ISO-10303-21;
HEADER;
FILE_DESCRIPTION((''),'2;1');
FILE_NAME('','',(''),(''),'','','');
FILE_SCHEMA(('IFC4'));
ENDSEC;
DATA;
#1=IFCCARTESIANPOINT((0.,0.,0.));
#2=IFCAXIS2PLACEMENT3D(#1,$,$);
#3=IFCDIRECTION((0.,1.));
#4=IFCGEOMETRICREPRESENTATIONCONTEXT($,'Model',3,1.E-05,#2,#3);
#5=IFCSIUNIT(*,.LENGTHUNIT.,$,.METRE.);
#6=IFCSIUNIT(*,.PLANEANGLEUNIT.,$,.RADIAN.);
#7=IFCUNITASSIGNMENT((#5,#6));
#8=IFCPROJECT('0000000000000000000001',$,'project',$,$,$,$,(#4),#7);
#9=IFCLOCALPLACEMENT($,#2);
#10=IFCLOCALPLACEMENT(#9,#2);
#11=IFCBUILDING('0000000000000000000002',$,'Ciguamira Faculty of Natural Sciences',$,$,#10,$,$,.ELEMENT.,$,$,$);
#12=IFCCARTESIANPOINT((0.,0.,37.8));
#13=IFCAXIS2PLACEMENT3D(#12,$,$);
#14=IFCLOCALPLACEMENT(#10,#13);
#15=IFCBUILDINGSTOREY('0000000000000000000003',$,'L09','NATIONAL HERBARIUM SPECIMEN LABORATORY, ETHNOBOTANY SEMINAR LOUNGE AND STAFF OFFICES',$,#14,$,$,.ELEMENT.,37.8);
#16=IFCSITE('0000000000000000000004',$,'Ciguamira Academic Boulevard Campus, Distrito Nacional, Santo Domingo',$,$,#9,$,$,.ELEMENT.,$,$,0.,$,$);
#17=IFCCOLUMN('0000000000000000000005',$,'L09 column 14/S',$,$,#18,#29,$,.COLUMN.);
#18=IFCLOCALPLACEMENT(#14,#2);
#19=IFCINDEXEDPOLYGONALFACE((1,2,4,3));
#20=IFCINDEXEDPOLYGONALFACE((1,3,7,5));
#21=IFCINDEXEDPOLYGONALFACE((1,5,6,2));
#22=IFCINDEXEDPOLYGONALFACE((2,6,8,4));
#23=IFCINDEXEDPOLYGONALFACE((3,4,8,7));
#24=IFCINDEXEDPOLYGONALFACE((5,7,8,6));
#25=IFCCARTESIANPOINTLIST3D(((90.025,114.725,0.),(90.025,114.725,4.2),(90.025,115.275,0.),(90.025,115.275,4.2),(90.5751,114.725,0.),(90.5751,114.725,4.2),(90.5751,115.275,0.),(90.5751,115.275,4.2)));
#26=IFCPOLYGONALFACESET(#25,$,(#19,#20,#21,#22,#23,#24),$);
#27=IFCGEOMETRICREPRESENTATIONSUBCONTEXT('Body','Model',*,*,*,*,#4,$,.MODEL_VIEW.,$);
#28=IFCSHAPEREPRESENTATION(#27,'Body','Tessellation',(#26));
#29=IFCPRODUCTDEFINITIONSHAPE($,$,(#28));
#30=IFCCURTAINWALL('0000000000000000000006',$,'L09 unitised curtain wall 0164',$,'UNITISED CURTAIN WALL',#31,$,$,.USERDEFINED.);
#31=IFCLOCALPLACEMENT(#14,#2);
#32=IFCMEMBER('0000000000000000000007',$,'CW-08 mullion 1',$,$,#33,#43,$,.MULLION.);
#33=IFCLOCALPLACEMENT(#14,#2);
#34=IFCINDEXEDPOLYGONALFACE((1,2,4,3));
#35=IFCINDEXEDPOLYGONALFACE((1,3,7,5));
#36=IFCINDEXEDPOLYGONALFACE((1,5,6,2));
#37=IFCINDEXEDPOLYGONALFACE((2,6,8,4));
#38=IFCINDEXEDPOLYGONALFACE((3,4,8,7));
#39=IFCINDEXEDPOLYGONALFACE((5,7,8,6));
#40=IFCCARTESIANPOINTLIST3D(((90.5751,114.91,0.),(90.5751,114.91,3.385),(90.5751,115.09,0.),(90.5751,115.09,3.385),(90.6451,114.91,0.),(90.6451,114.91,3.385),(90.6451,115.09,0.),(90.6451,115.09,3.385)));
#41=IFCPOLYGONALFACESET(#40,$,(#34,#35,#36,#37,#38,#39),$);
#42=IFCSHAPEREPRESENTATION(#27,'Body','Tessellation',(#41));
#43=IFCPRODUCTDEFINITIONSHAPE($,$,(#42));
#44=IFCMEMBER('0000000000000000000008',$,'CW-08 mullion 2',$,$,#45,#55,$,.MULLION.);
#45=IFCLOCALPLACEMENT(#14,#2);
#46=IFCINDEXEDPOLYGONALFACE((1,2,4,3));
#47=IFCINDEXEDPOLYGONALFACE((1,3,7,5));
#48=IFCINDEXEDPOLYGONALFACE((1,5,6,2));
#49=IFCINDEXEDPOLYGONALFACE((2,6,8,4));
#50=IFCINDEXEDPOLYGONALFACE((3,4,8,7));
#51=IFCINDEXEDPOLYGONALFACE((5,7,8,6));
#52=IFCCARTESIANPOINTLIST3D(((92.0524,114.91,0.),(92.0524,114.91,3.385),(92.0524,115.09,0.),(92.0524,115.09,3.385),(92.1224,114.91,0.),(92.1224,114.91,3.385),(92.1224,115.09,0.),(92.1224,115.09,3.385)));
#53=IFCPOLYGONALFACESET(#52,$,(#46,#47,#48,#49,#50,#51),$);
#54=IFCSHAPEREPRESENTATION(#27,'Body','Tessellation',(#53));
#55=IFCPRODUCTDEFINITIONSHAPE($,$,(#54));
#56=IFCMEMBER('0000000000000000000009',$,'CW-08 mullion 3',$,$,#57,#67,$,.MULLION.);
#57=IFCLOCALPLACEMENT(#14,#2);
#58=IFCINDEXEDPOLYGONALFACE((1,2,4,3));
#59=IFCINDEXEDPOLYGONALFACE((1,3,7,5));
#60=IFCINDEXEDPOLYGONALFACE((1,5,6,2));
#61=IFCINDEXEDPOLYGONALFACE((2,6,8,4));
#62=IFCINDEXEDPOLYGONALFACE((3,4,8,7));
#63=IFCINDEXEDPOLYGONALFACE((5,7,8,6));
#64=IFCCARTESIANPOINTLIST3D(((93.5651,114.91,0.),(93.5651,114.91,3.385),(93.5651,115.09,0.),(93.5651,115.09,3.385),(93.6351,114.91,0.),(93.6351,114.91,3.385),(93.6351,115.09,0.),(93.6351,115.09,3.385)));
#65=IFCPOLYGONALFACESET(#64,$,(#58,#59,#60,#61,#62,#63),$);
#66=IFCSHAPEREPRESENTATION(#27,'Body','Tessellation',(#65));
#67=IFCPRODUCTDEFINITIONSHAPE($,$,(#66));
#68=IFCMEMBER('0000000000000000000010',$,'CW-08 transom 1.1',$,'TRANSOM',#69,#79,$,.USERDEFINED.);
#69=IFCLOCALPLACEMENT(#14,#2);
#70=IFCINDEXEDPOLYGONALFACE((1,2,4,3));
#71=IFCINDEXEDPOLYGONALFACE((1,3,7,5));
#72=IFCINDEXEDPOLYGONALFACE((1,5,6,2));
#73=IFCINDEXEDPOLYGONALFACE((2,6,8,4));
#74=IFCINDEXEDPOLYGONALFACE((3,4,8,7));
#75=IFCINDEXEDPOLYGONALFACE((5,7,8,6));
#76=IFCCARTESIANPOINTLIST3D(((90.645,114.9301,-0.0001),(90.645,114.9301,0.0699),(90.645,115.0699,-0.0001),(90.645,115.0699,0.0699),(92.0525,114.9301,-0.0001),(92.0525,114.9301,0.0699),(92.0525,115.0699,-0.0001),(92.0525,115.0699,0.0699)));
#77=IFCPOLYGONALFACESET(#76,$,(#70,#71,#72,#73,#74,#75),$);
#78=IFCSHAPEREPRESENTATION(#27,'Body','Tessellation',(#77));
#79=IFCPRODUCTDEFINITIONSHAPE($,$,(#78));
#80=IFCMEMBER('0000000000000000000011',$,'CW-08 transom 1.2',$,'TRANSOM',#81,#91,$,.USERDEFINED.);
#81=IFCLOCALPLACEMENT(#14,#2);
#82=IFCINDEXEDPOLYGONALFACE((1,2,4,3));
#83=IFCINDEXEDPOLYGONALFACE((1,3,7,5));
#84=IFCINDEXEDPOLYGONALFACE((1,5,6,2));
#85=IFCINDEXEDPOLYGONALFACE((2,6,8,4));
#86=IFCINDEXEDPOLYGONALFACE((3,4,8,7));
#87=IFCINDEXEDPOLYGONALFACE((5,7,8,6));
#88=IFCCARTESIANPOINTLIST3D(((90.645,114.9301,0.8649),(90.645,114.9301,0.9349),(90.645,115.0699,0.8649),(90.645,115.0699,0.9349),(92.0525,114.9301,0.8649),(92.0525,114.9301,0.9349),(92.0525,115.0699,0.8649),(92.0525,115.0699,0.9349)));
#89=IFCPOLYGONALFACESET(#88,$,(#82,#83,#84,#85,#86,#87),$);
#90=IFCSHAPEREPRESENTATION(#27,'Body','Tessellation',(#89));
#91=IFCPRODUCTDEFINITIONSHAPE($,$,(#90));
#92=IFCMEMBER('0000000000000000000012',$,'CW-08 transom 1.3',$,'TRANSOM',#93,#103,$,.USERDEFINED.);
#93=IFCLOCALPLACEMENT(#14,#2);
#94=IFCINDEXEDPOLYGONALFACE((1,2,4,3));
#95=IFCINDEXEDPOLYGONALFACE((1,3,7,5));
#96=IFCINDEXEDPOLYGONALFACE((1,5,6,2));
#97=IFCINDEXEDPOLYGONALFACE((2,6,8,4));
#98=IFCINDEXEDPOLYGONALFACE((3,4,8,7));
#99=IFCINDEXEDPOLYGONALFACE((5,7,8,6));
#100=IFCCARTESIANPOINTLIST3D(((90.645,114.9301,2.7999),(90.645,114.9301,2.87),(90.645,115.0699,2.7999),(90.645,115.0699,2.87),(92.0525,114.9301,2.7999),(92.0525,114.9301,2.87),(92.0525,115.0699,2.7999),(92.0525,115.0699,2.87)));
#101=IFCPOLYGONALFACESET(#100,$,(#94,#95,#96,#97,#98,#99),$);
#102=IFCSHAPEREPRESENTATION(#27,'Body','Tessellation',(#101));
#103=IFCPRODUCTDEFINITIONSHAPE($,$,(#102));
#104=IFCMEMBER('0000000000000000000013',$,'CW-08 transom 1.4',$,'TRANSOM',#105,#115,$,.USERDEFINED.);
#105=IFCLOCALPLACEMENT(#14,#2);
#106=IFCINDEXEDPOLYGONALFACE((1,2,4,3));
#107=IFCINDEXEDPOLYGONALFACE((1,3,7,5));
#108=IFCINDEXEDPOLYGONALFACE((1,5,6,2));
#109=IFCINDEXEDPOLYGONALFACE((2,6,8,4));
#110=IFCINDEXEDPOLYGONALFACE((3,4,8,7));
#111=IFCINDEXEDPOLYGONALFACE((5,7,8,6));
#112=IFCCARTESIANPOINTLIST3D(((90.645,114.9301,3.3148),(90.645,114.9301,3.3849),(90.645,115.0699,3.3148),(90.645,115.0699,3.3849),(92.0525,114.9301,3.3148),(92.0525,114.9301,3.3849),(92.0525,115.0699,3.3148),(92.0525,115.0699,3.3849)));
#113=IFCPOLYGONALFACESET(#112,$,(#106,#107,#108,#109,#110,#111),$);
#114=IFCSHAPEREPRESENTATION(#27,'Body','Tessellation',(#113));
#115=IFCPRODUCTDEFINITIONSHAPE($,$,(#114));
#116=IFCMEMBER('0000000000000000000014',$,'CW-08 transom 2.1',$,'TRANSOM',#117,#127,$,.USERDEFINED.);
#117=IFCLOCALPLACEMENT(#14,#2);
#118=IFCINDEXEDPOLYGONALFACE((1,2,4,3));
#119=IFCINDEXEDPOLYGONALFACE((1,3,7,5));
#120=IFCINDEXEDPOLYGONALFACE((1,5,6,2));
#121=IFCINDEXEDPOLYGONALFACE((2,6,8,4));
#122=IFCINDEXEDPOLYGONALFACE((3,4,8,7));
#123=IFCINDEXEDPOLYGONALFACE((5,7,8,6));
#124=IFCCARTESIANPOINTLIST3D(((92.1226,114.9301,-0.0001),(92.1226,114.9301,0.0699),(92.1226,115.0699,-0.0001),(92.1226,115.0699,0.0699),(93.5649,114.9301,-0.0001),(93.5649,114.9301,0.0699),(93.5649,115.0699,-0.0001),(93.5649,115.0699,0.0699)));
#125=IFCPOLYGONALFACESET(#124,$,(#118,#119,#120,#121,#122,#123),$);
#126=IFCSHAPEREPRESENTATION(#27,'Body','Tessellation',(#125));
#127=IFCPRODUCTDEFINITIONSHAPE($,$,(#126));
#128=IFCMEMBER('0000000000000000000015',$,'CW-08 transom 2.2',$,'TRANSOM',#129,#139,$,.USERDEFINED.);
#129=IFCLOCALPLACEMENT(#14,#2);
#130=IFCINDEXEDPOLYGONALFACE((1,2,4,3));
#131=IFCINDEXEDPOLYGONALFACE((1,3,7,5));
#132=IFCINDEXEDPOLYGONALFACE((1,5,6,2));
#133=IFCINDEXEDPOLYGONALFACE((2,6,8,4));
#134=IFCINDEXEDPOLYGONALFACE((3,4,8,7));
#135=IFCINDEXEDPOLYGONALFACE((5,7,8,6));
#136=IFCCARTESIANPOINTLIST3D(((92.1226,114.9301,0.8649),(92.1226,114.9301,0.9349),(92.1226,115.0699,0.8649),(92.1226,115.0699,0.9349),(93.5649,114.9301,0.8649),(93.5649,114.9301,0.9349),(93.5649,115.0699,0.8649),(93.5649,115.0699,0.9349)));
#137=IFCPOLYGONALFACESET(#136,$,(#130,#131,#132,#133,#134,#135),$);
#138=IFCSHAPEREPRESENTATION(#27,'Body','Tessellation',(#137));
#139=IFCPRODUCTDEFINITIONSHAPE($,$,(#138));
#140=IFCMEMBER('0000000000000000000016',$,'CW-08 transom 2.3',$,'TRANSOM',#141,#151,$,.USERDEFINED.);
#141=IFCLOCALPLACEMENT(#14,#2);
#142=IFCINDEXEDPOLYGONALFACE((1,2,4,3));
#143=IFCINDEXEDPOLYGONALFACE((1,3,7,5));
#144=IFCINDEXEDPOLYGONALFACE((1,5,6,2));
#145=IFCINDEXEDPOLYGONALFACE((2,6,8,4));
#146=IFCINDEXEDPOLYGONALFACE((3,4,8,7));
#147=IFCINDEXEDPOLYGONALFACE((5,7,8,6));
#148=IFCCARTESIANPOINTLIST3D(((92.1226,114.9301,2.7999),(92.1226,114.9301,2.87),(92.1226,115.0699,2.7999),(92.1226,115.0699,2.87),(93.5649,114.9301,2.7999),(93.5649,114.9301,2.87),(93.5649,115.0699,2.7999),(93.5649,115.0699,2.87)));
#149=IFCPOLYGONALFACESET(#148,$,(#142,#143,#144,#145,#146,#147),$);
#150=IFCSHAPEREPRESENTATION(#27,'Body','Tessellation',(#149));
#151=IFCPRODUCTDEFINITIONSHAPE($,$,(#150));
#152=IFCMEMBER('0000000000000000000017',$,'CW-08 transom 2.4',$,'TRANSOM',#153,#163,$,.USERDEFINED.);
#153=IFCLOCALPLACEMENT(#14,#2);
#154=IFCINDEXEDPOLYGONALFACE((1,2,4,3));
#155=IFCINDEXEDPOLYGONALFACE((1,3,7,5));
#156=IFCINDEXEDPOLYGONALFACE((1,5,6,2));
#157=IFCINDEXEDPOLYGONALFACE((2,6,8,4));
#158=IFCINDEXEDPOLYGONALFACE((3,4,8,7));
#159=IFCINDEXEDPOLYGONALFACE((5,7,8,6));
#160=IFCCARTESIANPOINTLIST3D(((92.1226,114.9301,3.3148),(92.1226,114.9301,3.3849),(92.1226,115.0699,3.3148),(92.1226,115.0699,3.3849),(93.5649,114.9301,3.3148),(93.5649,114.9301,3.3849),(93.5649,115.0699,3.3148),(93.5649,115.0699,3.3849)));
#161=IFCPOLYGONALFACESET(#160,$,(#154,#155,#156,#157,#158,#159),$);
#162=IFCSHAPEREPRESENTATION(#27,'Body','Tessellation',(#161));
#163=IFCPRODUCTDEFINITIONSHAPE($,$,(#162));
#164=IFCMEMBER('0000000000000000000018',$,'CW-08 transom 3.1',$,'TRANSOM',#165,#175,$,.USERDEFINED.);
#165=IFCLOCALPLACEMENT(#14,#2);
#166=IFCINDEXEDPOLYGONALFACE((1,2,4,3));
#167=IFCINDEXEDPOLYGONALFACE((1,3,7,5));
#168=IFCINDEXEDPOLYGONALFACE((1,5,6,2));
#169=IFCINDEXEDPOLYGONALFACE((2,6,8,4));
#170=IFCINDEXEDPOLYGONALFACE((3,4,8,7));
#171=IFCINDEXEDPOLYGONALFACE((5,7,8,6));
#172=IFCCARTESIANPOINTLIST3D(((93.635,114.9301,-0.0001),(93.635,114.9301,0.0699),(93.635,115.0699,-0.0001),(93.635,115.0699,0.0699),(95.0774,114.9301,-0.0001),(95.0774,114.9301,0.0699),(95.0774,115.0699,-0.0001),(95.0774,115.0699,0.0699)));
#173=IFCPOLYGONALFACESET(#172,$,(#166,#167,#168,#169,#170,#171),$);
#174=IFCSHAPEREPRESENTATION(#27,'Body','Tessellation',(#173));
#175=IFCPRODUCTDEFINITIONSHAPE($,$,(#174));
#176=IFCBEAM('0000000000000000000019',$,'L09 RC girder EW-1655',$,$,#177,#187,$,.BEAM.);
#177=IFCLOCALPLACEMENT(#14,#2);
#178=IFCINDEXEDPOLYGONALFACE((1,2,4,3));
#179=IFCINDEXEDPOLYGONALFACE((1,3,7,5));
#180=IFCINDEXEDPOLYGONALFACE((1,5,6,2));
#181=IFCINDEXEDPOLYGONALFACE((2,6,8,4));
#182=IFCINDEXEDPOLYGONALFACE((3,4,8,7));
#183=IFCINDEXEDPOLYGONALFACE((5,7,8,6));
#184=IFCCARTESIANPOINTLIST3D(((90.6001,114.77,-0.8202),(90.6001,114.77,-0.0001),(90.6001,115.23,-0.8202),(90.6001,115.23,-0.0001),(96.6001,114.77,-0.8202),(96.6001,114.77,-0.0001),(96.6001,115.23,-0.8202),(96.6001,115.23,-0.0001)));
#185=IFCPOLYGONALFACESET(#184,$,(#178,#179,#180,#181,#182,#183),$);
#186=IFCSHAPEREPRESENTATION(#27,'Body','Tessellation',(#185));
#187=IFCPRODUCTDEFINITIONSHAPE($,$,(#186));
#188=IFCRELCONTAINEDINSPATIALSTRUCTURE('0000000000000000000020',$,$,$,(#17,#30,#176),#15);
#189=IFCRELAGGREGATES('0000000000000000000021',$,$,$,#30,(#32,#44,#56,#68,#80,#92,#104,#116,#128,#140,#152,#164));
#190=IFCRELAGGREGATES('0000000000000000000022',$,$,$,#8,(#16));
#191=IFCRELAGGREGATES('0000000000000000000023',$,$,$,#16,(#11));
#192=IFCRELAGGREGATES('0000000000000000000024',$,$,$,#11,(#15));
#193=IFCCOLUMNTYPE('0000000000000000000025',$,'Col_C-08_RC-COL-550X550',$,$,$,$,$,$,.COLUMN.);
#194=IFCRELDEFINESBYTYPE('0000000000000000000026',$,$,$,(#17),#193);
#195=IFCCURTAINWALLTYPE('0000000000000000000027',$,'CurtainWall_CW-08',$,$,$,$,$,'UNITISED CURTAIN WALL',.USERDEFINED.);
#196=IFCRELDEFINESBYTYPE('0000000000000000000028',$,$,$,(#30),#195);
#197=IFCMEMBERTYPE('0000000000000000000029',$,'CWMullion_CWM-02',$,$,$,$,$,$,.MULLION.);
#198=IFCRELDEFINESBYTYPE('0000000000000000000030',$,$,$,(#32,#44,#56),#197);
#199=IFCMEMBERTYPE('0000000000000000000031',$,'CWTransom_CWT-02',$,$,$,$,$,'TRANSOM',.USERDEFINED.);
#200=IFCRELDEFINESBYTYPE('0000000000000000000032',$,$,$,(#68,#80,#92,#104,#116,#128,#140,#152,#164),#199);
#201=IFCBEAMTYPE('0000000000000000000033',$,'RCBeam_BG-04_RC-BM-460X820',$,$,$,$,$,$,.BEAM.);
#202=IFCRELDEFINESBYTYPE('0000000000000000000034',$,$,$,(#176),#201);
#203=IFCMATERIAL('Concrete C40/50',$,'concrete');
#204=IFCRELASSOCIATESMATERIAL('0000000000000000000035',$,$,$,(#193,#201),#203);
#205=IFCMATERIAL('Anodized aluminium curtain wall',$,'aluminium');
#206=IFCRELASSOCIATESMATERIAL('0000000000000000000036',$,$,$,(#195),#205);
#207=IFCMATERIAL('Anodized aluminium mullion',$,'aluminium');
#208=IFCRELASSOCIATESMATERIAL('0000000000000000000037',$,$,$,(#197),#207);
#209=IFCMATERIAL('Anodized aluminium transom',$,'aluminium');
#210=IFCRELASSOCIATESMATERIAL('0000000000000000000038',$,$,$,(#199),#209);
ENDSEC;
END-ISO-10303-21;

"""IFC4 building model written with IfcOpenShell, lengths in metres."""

from ifc_helpers import new_model, si_unit, direction, frame, origin, origin_2d, place, context, subcontext, project, spatial, rectangle, extrude, material, material_profile, profile_set, type_object, element, aggregate, save


model = new_model("IFC4")

# Units and contexts
model_context = context("Model", 3, precision=1e-05, world=origin(), true_north=direction((0.0, 1.0)))
body_context = subcontext(model_context, "Body", "Model", "MODEL_VIEW")
ifc_project = project(units=[si_unit("LENGTHUNIT", "METRE"), si_unit("PLANEANGLEUNIT", "RADIAN")], contexts=[model_context])

# Site, building, storey
site_placement = place(None, origin())
site = spatial("IfcSite", under=ifc_project, at=site_placement, Name="Ciguamira Academic Boulevard Campus, Distrito Nacional, Santo Domingo", CompositionType="ELEMENT", RefElevation=0.0)
building_placement = place(site_placement, origin())
building = spatial("IfcBuilding", under=site, at=building_placement, Name="Ciguamira Faculty of Natural Sciences", CompositionType="ELEMENT")
storey_placement = place(building_placement, frame((0.0, 0.0, 37.8)))
storey = spatial("IfcBuildingStorey", under=building, at=storey_placement, Name="L09", Description="NATIONAL HERBARIUM SPECIMEN LABORATORY, ETHNOBOTANY SEMINAR LOUNGE AND STAFF OFFICES", CompositionType="ELEMENT", Elevation=37.8)

# Column
ifc_material_1 = material(Name="Concrete C40/50", Category="concrete")
ifc_material_profile_1 = material_profile(ifc_material_1, rectangle(XDim=0.55, YDim=0.55, at=origin_2d()), Name="RC-COL-550X550")
ifc_profile_set_1 = profile_set([ifc_material_profile_1], Name="Concrete C40/50")
column_type = type_object("IfcColumnType", Name="Col_C-08_RC-COL-550X550", PredefinedType="COLUMN", material=ifc_profile_set_1)
column_placement = place(storey_placement, frame((90.3, 115.0, 0.0), z_axis=(0.0, 0.0, 1.0), x_axis=(1.0, 0.0, 0.0)))
element("IfcColumn", 1, at=column_placement, inside=storey, type_object=column_type, Name="L09 column 14/S", PredefinedType="COLUMN", context=body_context, shape_type="SweptSolid", body=[
    extrude(rectangle(XDim=0.55, YDim=0.55, at=origin_2d()), origin(), (0.0, 0.0, 1.0), 4.2),
])

# Curtain wall, members
ifc_material_2 = material(Name="Anodized aluminium curtain wall", Category="aluminium")
curtain_wall_type = type_object("IfcCurtainWallType", Name="CurtainWall_CW-08", ElementType="UNITISED CURTAIN WALL", PredefinedType="USERDEFINED", material=ifc_material_2)
curtain_wall_placement = place(storey_placement, origin())
curtain_wall = element("IfcCurtainWall", 2, at=curtain_wall_placement, inside=storey, type_object=curtain_wall_type, Name="L09 unitised curtain wall 0164", ObjectType="UNITISED CURTAIN WALL", PredefinedType="USERDEFINED")
ifc_material_3 = material(Name="Anodized aluminium mullion", Category="aluminium")
ifc_material_profile_2 = material_profile(ifc_material_3, rectangle(XDim=0.0701, YDim=0.1799, at=origin_2d()), Name="ALU-MUL-70X180")
ifc_profile_set_2 = profile_set([ifc_material_profile_2], Name="Anodized aluminium mullion")
member_type_1 = type_object("IfcMemberType", Name="CWMullion_CWM-02", PredefinedType="MULLION", material=ifc_profile_set_2)
member_1_placement = place(storey_placement, frame((90.6101, 115.0, 0.0), z_axis=(0.0, 0.0, 1.0), x_axis=(1.0, 0.0, 0.0)))
member_1 = element("IfcMember", 3, at=member_1_placement, type_object=member_type_1, Name="CW-08 mullion 1", PredefinedType="MULLION", context=body_context, shape_type="SweptSolid", body=[
    extrude(rectangle(XDim=0.0701, YDim=0.1799, at=origin_2d()), origin(), (0.0, 0.0, 1.0), 3.385),
])
member_2_placement = place(storey_placement, frame((92.0874, 115.0, 0.0), z_axis=(0.0, 0.0, 1.0), x_axis=(1.0, 0.0, 0.0)))
member_2 = element("IfcMember", 4, at=member_2_placement, type_object=member_type_1, Name="CW-08 mullion 2", PredefinedType="MULLION", context=body_context, shape_type="SweptSolid", body=[
    extrude(rectangle(XDim=0.0701, YDim=0.1799, at=origin_2d()), origin(), (0.0, 0.0, 1.0), 3.385),
])
member_3_placement = place(storey_placement, frame((93.6001, 115.0, 0.0), z_axis=(0.0, 0.0, 1.0), x_axis=(1.0, 0.0, 0.0)))
member_3 = element("IfcMember", 5, at=member_3_placement, type_object=member_type_1, Name="CW-08 mullion 3", PredefinedType="MULLION", context=body_context, shape_type="SweptSolid", body=[
    extrude(rectangle(XDim=0.0701, YDim=0.1799, at=origin_2d()), origin(), (0.0, 0.0, 1.0), 3.385),
])
ifc_material_4 = material(Name="Anodized aluminium transom", Category="aluminium")
ifc_material_profile_3 = material_profile(ifc_material_4, rectangle(XDim=0.0701, YDim=0.1399, at=origin_2d()), Name="ALU-TRN-70X140")
ifc_profile_set_3 = profile_set([ifc_material_profile_3], Name="Anodized aluminium transom")
member_type_2 = type_object("IfcMemberType", Name="CWTransom_CWT-02", ElementType="TRANSOM", PredefinedType="USERDEFINED", material=ifc_profile_set_3)
member_4_placement = place(storey_placement, frame((90.645, 115.0, 0.0349), z_axis=(1.0, 0.0, 0.0), x_axis=(0.0, 0.0, 1.0)))
member_4 = element("IfcMember", 6, at=member_4_placement, type_object=member_type_2, Name="CW-08 transom 1.1", ObjectType="TRANSOM", PredefinedType="USERDEFINED", context=body_context, shape_type="SweptSolid", body=[
    extrude(rectangle(XDim=0.0701, YDim=0.1399, at=origin_2d()), origin(), (0.0, 0.0, 1.0), 1.4075),
])
member_5_placement = place(storey_placement, frame((90.645, 115.0, 0.8999), z_axis=(1.0, 0.0, 0.0), x_axis=(0.0, 0.0, 1.0)))
member_5 = element("IfcMember", 7, at=member_5_placement, type_object=member_type_2, Name="CW-08 transom 1.2", ObjectType="TRANSOM", PredefinedType="USERDEFINED", context=body_context, shape_type="SweptSolid", body=[
    extrude(rectangle(XDim=0.0701, YDim=0.1399, at=origin_2d()), origin(), (0.0, 0.0, 1.0), 1.4075),
])
member_6_placement = place(storey_placement, frame((90.645, 115.0, 2.835), z_axis=(1.0, 0.0, 0.0), x_axis=(0.0, 0.0, 1.0)))
member_6 = element("IfcMember", 8, at=member_6_placement, type_object=member_type_2, Name="CW-08 transom 1.3", ObjectType="TRANSOM", PredefinedType="USERDEFINED", context=body_context, shape_type="SweptSolid", body=[
    extrude(rectangle(XDim=0.0701, YDim=0.1399, at=origin_2d()), origin(), (0.0, 0.0, 1.0), 1.4075),
])
member_7_placement = place(storey_placement, frame((90.645, 115.0, 3.3499), z_axis=(1.0, 0.0, 0.0), x_axis=(0.0, 0.0, 1.0)))
member_7 = element("IfcMember", 9, at=member_7_placement, type_object=member_type_2, Name="CW-08 transom 1.4", ObjectType="TRANSOM", PredefinedType="USERDEFINED", context=body_context, shape_type="SweptSolid", body=[
    extrude(rectangle(XDim=0.0701, YDim=0.1399, at=origin_2d()), origin(), (0.0, 0.0, 1.0), 1.4075),
])
member_8_placement = place(storey_placement, frame((92.1226, 115.0, 0.0349), z_axis=(1.0, 0.0, 0.0), x_axis=(0.0, 0.0, 1.0)))
member_8 = element("IfcMember", 10, at=member_8_placement, type_object=member_type_2, Name="CW-08 transom 2.1", ObjectType="TRANSOM", PredefinedType="USERDEFINED", context=body_context, shape_type="SweptSolid", body=[
    extrude(rectangle(XDim=0.0701, YDim=0.1399, at=origin_2d()), origin(), (0.0, 0.0, 1.0), 1.4424),
])
member_9_placement = place(storey_placement, frame((92.1226, 115.0, 0.8999), z_axis=(1.0, 0.0, 0.0), x_axis=(0.0, 0.0, 1.0)))
member_9 = element("IfcMember", 11, at=member_9_placement, type_object=member_type_2, Name="CW-08 transom 2.2", ObjectType="TRANSOM", PredefinedType="USERDEFINED", context=body_context, shape_type="SweptSolid", body=[
    extrude(rectangle(XDim=0.0701, YDim=0.1399, at=origin_2d()), origin(), (0.0, 0.0, 1.0), 1.4424),
])
member_10_placement = place(storey_placement, frame((92.1226, 115.0, 2.835), z_axis=(1.0, 0.0, 0.0), x_axis=(0.0, 0.0, 1.0)))
member_10 = element("IfcMember", 12, at=member_10_placement, type_object=member_type_2, Name="CW-08 transom 2.3", ObjectType="TRANSOM", PredefinedType="USERDEFINED", context=body_context, shape_type="SweptSolid", body=[
    extrude(rectangle(XDim=0.0701, YDim=0.1399, at=origin_2d()), origin(), (0.0, 0.0, 1.0), 1.4424),
])
member_11_placement = place(storey_placement, frame((92.1226, 115.0, 3.3499), z_axis=(1.0, 0.0, 0.0), x_axis=(0.0, 0.0, 1.0)))
member_11 = element("IfcMember", 13, at=member_11_placement, type_object=member_type_2, Name="CW-08 transom 2.4", ObjectType="TRANSOM", PredefinedType="USERDEFINED", context=body_context, shape_type="SweptSolid", body=[
    extrude(rectangle(XDim=0.0701, YDim=0.1399, at=origin_2d()), origin(), (0.0, 0.0, 1.0), 1.4424),
])
member_12_placement = place(storey_placement, frame((93.635, 115.0, 0.0349), z_axis=(1.0, 0.0, 0.0), x_axis=(0.0, 0.0, 1.0)))
member_12 = element("IfcMember", 14, at=member_12_placement, type_object=member_type_2, Name="CW-08 transom 3.1", ObjectType="TRANSOM", PredefinedType="USERDEFINED", context=body_context, shape_type="SweptSolid", body=[
    extrude(rectangle(XDim=0.0701, YDim=0.1399, at=origin_2d()), origin(), (0.0, 0.0, 1.0), 1.4424),
])

# Beam
ifc_material_profile_4 = material_profile(ifc_material_1, rectangle(XDim=0.46, YDim=0.8201, at=origin_2d()), Name="RC-BM-460X820")
ifc_profile_set_4 = profile_set([ifc_material_profile_4], Name="Concrete C40/50")
beam_type_1 = type_object("IfcBeamType", Name="RCBeam_BG-04_RC-BM-460X820", PredefinedType="BEAM", material=ifc_profile_set_4)
beam_1_placement = place(storey_placement, frame((90.6001, 115.0, -0.4102), z_axis=(1.0, 0.0, 0.0), x_axis=(0.0, 1.0, 0.0)))
element("IfcBeam", 15, at=beam_1_placement, inside=storey, type_object=beam_type_1, Name="L09 RC girder EW-1655", PredefinedType="BEAM", context=body_context, shape_type="SweptSolid", body=[
    extrude(rectangle(XDim=0.46, YDim=0.8201, at=origin_2d()), origin(), (0.0, 0.0, 1.0), 6.0),
])

aggregate(curtain_wall, [member_1, member_2, member_3, member_4, member_5, member_6, member_7, member_8, member_9, member_10, member_11, member_12])

save(model, "model.ifc")
